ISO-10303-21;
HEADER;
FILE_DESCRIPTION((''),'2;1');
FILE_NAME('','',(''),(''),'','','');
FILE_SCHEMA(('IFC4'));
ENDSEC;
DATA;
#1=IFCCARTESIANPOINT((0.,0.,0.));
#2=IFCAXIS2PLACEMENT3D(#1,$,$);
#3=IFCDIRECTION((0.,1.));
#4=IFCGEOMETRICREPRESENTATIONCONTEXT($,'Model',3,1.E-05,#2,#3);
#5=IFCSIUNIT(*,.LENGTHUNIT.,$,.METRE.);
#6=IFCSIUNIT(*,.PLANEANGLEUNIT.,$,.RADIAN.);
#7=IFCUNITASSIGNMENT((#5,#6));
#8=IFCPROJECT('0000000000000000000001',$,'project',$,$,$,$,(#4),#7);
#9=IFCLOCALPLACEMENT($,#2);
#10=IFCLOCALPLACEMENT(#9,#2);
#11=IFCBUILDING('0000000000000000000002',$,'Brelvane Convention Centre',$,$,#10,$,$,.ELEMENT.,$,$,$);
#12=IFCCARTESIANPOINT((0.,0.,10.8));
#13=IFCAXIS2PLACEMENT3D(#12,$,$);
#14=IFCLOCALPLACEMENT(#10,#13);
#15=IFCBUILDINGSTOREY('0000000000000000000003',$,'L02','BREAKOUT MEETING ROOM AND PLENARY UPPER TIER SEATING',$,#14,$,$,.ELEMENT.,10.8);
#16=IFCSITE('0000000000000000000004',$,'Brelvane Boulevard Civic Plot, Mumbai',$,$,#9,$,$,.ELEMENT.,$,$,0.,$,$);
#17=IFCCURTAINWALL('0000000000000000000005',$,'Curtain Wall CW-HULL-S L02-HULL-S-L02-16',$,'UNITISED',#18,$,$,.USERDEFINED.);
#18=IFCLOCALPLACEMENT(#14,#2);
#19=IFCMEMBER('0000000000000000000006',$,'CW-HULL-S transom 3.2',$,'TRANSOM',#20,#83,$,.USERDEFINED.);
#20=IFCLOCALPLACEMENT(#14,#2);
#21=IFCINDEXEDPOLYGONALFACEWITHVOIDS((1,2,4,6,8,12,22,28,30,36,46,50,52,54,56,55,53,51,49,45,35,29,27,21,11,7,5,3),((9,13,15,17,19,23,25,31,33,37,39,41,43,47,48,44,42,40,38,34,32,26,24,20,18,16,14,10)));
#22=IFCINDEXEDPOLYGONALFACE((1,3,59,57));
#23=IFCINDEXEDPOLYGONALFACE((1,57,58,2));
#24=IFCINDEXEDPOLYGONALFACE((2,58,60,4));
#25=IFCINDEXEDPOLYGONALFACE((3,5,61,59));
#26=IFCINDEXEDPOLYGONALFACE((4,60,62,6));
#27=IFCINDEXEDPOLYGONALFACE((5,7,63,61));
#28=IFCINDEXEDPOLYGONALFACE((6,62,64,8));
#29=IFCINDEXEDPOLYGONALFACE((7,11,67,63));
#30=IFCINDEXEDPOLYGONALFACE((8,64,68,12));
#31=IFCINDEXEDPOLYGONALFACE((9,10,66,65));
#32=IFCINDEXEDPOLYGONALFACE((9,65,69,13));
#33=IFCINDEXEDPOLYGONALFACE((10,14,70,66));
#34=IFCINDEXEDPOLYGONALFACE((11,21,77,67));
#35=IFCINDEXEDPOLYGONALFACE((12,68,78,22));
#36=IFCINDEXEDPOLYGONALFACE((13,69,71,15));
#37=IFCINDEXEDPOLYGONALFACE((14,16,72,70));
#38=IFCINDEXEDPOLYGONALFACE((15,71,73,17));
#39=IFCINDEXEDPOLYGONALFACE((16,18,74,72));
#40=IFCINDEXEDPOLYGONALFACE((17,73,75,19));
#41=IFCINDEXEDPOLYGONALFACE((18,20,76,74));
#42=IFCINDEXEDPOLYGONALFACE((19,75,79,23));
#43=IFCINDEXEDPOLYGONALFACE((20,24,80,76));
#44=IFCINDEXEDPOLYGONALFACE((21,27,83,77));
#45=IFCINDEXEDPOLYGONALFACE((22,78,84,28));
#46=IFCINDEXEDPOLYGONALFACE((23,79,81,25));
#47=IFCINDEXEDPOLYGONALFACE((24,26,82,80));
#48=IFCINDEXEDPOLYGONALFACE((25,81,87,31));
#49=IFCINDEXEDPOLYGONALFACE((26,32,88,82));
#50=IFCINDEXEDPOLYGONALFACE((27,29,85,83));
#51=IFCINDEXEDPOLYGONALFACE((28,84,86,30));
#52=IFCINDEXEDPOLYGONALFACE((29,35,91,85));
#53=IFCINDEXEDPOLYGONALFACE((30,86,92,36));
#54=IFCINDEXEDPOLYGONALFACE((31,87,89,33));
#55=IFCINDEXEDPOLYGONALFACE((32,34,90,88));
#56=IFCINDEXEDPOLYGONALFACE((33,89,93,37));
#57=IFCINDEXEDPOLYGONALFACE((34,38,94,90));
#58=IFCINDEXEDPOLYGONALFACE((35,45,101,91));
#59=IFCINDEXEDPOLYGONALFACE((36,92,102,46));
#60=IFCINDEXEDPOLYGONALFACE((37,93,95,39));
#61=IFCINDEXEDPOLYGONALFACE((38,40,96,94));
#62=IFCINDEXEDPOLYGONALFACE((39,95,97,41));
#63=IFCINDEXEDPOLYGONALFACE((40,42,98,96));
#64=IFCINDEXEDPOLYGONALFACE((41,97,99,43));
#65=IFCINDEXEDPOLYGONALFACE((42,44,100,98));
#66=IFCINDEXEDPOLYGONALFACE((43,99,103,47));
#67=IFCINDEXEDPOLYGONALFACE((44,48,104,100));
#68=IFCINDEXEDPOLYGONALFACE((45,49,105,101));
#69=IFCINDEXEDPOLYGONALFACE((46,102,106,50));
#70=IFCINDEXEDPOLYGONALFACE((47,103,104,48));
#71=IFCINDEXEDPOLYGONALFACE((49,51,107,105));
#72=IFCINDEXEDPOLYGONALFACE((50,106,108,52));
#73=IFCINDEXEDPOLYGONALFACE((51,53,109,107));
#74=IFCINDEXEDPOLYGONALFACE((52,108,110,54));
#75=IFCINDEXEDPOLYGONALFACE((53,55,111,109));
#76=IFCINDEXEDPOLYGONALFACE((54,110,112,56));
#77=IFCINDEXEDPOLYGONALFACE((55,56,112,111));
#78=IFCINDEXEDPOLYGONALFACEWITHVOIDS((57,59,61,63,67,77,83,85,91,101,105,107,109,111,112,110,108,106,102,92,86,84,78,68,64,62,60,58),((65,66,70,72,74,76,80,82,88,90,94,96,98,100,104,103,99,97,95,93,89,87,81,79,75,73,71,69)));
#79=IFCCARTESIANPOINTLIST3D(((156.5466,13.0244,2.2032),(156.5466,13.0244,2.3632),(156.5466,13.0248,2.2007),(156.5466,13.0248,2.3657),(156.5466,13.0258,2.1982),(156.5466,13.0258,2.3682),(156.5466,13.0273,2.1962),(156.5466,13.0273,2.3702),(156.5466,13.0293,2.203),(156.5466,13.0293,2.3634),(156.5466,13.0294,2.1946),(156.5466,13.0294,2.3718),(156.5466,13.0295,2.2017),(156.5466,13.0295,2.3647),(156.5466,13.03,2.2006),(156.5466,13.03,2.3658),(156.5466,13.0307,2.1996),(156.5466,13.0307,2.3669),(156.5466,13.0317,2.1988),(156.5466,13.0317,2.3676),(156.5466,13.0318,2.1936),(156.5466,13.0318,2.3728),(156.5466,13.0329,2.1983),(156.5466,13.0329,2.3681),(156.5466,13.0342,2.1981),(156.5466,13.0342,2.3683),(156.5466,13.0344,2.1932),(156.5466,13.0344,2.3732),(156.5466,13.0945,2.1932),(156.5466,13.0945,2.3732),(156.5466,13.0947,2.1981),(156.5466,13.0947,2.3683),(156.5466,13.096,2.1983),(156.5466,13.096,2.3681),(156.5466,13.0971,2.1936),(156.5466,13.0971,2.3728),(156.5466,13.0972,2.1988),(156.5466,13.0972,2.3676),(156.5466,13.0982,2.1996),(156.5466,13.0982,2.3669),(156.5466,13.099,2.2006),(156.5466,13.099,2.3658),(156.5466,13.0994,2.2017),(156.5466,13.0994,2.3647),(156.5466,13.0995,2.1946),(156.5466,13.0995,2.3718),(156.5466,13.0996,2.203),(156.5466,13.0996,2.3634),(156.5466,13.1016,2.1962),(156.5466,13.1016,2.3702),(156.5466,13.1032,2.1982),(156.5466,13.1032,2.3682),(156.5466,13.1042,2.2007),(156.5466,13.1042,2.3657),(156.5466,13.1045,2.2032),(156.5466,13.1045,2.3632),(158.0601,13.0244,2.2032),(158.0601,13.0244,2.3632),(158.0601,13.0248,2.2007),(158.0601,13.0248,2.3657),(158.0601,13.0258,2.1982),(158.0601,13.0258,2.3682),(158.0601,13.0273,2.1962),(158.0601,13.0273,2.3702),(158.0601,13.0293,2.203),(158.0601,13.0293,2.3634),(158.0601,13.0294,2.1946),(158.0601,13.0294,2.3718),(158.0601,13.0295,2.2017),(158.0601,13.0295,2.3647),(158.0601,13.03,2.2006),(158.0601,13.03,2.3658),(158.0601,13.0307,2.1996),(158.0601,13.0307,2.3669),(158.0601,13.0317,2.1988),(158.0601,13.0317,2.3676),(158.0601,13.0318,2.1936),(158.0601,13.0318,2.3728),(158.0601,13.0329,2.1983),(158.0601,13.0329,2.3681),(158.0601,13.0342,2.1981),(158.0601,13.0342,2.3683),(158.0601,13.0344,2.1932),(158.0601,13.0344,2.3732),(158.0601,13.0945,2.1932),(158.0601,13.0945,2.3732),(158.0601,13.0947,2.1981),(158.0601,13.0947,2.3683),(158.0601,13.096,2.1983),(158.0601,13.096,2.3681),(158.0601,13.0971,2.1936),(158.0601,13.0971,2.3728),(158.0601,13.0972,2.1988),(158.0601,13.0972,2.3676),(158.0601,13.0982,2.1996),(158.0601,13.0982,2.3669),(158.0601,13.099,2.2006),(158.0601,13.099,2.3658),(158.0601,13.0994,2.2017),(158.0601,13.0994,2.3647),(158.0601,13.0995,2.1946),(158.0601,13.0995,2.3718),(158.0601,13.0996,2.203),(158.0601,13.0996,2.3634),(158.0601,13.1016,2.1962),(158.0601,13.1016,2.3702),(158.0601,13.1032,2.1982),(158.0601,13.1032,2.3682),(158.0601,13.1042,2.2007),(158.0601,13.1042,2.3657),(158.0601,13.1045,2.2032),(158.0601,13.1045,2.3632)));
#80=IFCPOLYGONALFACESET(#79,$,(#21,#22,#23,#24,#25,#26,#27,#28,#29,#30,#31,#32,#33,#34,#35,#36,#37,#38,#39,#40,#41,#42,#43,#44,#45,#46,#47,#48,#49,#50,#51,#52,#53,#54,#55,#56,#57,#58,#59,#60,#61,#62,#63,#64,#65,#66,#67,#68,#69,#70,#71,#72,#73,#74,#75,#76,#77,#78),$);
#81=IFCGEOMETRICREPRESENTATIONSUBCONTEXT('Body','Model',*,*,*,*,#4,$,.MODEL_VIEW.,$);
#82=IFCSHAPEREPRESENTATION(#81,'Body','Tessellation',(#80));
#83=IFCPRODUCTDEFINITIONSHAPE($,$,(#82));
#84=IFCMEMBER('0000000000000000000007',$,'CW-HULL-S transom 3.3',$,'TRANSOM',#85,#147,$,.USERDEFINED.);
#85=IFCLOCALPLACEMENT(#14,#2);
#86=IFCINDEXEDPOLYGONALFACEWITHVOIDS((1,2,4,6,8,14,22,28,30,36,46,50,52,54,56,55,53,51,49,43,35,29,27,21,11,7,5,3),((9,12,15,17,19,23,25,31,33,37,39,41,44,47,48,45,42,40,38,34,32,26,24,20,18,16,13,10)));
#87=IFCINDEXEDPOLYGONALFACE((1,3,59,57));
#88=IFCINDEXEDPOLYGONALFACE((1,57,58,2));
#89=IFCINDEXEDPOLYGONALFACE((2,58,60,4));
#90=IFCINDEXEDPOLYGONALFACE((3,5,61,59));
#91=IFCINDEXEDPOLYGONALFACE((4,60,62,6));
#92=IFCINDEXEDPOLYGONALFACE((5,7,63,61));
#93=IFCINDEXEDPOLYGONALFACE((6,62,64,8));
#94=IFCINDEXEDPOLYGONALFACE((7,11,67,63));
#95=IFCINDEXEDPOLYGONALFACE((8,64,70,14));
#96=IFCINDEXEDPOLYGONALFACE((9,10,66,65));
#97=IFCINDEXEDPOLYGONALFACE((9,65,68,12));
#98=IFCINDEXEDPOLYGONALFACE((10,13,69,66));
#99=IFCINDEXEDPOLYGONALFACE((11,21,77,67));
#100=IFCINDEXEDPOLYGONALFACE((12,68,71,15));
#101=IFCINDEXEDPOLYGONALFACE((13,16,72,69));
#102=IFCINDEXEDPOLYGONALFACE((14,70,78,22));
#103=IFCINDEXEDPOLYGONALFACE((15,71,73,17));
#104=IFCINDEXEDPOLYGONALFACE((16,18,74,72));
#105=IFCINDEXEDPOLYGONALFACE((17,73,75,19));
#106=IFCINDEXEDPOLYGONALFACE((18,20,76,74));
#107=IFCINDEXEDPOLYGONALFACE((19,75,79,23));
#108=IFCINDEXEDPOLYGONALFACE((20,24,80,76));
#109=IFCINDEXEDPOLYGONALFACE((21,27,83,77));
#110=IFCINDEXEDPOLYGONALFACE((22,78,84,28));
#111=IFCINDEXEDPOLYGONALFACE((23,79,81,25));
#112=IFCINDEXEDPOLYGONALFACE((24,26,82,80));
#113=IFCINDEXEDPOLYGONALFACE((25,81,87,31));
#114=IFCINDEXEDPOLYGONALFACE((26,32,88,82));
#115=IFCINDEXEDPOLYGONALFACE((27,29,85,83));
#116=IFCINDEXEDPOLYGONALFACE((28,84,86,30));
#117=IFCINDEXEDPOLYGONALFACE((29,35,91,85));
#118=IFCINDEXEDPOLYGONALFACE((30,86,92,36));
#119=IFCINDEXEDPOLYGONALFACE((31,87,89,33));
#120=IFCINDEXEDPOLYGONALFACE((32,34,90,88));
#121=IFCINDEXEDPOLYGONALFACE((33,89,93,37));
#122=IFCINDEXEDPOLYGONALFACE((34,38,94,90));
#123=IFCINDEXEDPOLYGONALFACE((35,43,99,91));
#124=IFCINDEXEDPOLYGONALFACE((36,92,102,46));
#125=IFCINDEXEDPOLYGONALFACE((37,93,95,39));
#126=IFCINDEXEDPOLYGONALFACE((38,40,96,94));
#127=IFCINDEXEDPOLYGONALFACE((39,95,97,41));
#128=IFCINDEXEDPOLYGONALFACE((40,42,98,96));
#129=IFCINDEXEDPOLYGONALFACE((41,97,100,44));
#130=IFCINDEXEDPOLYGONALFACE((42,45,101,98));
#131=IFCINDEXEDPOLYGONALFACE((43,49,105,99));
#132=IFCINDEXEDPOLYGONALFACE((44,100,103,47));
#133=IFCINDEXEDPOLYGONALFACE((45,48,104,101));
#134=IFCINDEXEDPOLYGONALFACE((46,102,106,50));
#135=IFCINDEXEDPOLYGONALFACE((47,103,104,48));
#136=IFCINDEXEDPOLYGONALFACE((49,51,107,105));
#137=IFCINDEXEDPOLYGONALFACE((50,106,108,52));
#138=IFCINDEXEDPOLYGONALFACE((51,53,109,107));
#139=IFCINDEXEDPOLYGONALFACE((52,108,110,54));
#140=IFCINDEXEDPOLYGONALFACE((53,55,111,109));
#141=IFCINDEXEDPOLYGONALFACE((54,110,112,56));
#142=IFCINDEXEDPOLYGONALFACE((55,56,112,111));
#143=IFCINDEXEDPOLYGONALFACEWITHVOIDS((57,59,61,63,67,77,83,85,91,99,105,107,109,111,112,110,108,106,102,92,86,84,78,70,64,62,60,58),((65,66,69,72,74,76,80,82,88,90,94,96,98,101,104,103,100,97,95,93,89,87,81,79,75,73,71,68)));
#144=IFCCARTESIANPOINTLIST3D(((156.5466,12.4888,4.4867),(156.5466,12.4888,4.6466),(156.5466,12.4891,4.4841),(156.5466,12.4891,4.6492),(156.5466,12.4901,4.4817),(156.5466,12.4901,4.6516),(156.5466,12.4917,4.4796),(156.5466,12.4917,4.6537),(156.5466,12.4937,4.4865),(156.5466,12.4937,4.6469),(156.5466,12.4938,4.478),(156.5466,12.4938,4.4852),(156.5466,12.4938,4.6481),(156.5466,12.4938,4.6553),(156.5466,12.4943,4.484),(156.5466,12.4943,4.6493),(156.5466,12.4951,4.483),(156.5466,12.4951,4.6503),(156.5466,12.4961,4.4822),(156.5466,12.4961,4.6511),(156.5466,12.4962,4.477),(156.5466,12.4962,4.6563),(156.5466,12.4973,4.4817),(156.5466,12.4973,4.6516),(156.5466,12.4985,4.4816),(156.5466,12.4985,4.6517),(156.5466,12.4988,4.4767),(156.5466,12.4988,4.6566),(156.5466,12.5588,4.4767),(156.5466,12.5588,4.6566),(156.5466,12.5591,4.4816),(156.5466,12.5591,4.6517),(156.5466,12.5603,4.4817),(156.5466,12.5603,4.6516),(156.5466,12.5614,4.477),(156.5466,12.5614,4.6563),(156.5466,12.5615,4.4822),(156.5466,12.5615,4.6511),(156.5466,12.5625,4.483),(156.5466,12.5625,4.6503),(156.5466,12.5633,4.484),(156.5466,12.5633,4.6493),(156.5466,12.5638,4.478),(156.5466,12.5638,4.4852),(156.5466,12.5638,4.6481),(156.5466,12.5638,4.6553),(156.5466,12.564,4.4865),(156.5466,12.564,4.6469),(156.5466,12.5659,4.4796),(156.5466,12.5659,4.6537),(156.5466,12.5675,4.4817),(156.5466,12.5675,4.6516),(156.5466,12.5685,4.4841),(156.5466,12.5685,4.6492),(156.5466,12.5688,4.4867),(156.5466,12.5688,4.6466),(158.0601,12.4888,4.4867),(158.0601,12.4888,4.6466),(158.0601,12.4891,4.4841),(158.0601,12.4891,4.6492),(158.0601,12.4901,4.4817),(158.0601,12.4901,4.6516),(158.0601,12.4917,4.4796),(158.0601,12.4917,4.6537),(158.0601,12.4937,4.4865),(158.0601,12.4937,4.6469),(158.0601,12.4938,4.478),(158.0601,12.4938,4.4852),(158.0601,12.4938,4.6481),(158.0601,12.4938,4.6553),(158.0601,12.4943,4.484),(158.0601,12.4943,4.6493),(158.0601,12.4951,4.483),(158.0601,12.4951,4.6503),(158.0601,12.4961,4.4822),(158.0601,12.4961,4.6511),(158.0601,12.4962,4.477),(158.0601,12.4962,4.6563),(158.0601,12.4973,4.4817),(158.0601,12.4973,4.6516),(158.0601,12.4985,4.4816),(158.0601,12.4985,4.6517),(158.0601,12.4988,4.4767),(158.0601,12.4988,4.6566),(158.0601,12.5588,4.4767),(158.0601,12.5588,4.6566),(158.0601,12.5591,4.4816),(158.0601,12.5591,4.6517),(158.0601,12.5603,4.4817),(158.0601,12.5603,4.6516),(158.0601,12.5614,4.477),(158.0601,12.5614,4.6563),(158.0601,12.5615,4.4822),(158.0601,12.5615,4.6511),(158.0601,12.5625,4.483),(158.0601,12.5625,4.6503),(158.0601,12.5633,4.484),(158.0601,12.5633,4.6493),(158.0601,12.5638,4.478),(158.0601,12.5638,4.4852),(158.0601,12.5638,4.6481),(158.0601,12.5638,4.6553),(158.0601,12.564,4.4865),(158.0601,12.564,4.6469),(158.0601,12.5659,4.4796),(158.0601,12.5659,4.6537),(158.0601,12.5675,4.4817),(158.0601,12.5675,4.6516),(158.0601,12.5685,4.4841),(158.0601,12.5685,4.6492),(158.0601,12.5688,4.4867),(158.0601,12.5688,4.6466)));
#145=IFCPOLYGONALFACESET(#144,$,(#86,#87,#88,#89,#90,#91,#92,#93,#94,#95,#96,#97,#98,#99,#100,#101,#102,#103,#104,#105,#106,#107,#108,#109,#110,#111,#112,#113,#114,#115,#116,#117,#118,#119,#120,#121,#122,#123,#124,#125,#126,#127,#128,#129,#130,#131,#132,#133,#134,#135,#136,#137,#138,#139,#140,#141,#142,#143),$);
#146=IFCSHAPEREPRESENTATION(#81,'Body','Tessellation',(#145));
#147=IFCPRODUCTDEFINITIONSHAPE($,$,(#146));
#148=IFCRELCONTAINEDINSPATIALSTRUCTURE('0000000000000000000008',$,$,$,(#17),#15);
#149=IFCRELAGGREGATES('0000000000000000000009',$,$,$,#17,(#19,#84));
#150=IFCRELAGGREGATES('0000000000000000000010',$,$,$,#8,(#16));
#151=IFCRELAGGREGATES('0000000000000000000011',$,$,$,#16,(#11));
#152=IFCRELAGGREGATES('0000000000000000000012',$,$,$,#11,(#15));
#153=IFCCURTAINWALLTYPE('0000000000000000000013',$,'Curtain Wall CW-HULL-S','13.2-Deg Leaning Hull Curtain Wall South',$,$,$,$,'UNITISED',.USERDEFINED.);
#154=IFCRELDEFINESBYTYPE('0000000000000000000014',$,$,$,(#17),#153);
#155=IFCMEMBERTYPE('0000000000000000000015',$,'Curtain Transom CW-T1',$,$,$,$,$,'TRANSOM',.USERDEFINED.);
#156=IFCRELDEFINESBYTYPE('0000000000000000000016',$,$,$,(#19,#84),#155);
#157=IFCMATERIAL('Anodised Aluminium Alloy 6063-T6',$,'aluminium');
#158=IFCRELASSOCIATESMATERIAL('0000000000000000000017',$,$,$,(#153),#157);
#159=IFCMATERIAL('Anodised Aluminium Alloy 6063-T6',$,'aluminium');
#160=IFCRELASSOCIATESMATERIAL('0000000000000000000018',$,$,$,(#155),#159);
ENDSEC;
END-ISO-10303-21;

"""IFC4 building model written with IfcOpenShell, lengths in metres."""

from ifc_helpers import new_model, si_unit, direction, frame, origin, origin_2d, place, context, subcontext, project, spatial, hollow_rectangle, extrude, material, material_profile, profile_set, type_object, element, aggregate, save


model = new_model("IFC4")

# Units and contexts
model_context = context("Model", 3, precision=1e-05, world=origin(), true_north=direction((0.0, 1.0)))
body_context = subcontext(model_context, "Body", "Model", "MODEL_VIEW")
ifc_project = project(units=[si_unit("LENGTHUNIT", "METRE"), si_unit("PLANEANGLEUNIT", "RADIAN")], contexts=[model_context])

# Site, building, storey
site_placement = place(None, origin())
site = spatial("IfcSite", under=ifc_project, at=site_placement, Name="Brelvane Boulevard Civic Plot, Mumbai", CompositionType="ELEMENT", RefElevation=0.0)
building_placement = place(site_placement, origin())
building = spatial("IfcBuilding", under=site, at=building_placement, Name="Brelvane Convention Centre", CompositionType="ELEMENT")
storey_placement = place(building_placement, frame((0.0, 0.0, 10.8)))
storey = spatial("IfcBuildingStorey", under=building, at=storey_placement, Name="L02", Description="BREAKOUT MEETING ROOM AND PLENARY UPPER TIER SEATING", CompositionType="ELEMENT", Elevation=10.8)

# Curtain wall, members
ifc_material_1 = material(Name="Anodised Aluminium Alloy 6063-T6", Category="aluminium")
curtain_wall_type = type_object("IfcCurtainWallType", Name="Curtain Wall CW-HULL-S", Description="13.2-Deg Leaning Hull Curtain Wall South", ElementType="UNITISED", PredefinedType="USERDEFINED", material=ifc_material_1)
curtain_wall_placement = place(storey_placement, origin())
curtain_wall = element("IfcCurtainWall", 1, at=curtain_wall_placement, inside=storey, type_object=curtain_wall_type, Name="Curtain Wall CW-HULL-S L02-HULL-S-L02-16", ObjectType="UNITISED", PredefinedType="USERDEFINED")
ifc_material_2 = material(Name="Anodised Aluminium Alloy 6063-T6", Category="aluminium")
ifc_material_profile_1 = material_profile(ifc_material_2, hollow_rectangle(XDim=0.0801, YDim=0.1799, WallThickness=0.0049, InnerFilletRadius=0.0049, OuterFilletRadius=0.01, at=origin_2d()), Name="ALU-T 180x80x5.0")
ifc_profile_set_1 = profile_set([ifc_material_profile_1], Name="Anodised Aluminium Alloy 6063-T6")
member_type_1 = type_object("IfcMemberType", Name="Curtain Transom CW-T1", ElementType="TRANSOM", PredefinedType="USERDEFINED", material=ifc_profile_set_1)
member_1_placement = place(storey_placement, frame((156.5466, 13.0645, 2.2832), z_axis=(1.0, 0.0, 0.0), x_axis=(0.0, 1.0, 0.0)))
member_1 = element("IfcMember", 2, at=member_1_placement, type_object=member_type_1, Name="CW-HULL-S transom 3.2", ObjectType="TRANSOM", PredefinedType="USERDEFINED", context=body_context, shape_type="SweptSolid", body=[
    extrude(hollow_rectangle(XDim=0.0801, YDim=0.1799, WallThickness=0.0049, InnerFilletRadius=0.0049, OuterFilletRadius=0.01, at=origin_2d()), origin(), (0.0, 0.0, 1.0), 1.5134),
])
member_2_placement = place(storey_placement, frame((156.5466, 12.5288, 4.5667), z_axis=(1.0, 0.0, 0.0), x_axis=(0.0, 1.0, 0.0)))
member_2 = element("IfcMember", 3, at=member_2_placement, type_object=member_type_1, Name="CW-HULL-S transom 3.3", ObjectType="TRANSOM", PredefinedType="USERDEFINED", context=body_context, shape_type="SweptSolid", body=[
    extrude(hollow_rectangle(XDim=0.0801, YDim=0.1799, WallThickness=0.0049, InnerFilletRadius=0.0049, OuterFilletRadius=0.01, at=origin_2d()), origin(), (0.0, 0.0, 1.0), 1.5134),
])

aggregate(curtain_wall, [member_1, member_2])

save(model, "model.ifc")
